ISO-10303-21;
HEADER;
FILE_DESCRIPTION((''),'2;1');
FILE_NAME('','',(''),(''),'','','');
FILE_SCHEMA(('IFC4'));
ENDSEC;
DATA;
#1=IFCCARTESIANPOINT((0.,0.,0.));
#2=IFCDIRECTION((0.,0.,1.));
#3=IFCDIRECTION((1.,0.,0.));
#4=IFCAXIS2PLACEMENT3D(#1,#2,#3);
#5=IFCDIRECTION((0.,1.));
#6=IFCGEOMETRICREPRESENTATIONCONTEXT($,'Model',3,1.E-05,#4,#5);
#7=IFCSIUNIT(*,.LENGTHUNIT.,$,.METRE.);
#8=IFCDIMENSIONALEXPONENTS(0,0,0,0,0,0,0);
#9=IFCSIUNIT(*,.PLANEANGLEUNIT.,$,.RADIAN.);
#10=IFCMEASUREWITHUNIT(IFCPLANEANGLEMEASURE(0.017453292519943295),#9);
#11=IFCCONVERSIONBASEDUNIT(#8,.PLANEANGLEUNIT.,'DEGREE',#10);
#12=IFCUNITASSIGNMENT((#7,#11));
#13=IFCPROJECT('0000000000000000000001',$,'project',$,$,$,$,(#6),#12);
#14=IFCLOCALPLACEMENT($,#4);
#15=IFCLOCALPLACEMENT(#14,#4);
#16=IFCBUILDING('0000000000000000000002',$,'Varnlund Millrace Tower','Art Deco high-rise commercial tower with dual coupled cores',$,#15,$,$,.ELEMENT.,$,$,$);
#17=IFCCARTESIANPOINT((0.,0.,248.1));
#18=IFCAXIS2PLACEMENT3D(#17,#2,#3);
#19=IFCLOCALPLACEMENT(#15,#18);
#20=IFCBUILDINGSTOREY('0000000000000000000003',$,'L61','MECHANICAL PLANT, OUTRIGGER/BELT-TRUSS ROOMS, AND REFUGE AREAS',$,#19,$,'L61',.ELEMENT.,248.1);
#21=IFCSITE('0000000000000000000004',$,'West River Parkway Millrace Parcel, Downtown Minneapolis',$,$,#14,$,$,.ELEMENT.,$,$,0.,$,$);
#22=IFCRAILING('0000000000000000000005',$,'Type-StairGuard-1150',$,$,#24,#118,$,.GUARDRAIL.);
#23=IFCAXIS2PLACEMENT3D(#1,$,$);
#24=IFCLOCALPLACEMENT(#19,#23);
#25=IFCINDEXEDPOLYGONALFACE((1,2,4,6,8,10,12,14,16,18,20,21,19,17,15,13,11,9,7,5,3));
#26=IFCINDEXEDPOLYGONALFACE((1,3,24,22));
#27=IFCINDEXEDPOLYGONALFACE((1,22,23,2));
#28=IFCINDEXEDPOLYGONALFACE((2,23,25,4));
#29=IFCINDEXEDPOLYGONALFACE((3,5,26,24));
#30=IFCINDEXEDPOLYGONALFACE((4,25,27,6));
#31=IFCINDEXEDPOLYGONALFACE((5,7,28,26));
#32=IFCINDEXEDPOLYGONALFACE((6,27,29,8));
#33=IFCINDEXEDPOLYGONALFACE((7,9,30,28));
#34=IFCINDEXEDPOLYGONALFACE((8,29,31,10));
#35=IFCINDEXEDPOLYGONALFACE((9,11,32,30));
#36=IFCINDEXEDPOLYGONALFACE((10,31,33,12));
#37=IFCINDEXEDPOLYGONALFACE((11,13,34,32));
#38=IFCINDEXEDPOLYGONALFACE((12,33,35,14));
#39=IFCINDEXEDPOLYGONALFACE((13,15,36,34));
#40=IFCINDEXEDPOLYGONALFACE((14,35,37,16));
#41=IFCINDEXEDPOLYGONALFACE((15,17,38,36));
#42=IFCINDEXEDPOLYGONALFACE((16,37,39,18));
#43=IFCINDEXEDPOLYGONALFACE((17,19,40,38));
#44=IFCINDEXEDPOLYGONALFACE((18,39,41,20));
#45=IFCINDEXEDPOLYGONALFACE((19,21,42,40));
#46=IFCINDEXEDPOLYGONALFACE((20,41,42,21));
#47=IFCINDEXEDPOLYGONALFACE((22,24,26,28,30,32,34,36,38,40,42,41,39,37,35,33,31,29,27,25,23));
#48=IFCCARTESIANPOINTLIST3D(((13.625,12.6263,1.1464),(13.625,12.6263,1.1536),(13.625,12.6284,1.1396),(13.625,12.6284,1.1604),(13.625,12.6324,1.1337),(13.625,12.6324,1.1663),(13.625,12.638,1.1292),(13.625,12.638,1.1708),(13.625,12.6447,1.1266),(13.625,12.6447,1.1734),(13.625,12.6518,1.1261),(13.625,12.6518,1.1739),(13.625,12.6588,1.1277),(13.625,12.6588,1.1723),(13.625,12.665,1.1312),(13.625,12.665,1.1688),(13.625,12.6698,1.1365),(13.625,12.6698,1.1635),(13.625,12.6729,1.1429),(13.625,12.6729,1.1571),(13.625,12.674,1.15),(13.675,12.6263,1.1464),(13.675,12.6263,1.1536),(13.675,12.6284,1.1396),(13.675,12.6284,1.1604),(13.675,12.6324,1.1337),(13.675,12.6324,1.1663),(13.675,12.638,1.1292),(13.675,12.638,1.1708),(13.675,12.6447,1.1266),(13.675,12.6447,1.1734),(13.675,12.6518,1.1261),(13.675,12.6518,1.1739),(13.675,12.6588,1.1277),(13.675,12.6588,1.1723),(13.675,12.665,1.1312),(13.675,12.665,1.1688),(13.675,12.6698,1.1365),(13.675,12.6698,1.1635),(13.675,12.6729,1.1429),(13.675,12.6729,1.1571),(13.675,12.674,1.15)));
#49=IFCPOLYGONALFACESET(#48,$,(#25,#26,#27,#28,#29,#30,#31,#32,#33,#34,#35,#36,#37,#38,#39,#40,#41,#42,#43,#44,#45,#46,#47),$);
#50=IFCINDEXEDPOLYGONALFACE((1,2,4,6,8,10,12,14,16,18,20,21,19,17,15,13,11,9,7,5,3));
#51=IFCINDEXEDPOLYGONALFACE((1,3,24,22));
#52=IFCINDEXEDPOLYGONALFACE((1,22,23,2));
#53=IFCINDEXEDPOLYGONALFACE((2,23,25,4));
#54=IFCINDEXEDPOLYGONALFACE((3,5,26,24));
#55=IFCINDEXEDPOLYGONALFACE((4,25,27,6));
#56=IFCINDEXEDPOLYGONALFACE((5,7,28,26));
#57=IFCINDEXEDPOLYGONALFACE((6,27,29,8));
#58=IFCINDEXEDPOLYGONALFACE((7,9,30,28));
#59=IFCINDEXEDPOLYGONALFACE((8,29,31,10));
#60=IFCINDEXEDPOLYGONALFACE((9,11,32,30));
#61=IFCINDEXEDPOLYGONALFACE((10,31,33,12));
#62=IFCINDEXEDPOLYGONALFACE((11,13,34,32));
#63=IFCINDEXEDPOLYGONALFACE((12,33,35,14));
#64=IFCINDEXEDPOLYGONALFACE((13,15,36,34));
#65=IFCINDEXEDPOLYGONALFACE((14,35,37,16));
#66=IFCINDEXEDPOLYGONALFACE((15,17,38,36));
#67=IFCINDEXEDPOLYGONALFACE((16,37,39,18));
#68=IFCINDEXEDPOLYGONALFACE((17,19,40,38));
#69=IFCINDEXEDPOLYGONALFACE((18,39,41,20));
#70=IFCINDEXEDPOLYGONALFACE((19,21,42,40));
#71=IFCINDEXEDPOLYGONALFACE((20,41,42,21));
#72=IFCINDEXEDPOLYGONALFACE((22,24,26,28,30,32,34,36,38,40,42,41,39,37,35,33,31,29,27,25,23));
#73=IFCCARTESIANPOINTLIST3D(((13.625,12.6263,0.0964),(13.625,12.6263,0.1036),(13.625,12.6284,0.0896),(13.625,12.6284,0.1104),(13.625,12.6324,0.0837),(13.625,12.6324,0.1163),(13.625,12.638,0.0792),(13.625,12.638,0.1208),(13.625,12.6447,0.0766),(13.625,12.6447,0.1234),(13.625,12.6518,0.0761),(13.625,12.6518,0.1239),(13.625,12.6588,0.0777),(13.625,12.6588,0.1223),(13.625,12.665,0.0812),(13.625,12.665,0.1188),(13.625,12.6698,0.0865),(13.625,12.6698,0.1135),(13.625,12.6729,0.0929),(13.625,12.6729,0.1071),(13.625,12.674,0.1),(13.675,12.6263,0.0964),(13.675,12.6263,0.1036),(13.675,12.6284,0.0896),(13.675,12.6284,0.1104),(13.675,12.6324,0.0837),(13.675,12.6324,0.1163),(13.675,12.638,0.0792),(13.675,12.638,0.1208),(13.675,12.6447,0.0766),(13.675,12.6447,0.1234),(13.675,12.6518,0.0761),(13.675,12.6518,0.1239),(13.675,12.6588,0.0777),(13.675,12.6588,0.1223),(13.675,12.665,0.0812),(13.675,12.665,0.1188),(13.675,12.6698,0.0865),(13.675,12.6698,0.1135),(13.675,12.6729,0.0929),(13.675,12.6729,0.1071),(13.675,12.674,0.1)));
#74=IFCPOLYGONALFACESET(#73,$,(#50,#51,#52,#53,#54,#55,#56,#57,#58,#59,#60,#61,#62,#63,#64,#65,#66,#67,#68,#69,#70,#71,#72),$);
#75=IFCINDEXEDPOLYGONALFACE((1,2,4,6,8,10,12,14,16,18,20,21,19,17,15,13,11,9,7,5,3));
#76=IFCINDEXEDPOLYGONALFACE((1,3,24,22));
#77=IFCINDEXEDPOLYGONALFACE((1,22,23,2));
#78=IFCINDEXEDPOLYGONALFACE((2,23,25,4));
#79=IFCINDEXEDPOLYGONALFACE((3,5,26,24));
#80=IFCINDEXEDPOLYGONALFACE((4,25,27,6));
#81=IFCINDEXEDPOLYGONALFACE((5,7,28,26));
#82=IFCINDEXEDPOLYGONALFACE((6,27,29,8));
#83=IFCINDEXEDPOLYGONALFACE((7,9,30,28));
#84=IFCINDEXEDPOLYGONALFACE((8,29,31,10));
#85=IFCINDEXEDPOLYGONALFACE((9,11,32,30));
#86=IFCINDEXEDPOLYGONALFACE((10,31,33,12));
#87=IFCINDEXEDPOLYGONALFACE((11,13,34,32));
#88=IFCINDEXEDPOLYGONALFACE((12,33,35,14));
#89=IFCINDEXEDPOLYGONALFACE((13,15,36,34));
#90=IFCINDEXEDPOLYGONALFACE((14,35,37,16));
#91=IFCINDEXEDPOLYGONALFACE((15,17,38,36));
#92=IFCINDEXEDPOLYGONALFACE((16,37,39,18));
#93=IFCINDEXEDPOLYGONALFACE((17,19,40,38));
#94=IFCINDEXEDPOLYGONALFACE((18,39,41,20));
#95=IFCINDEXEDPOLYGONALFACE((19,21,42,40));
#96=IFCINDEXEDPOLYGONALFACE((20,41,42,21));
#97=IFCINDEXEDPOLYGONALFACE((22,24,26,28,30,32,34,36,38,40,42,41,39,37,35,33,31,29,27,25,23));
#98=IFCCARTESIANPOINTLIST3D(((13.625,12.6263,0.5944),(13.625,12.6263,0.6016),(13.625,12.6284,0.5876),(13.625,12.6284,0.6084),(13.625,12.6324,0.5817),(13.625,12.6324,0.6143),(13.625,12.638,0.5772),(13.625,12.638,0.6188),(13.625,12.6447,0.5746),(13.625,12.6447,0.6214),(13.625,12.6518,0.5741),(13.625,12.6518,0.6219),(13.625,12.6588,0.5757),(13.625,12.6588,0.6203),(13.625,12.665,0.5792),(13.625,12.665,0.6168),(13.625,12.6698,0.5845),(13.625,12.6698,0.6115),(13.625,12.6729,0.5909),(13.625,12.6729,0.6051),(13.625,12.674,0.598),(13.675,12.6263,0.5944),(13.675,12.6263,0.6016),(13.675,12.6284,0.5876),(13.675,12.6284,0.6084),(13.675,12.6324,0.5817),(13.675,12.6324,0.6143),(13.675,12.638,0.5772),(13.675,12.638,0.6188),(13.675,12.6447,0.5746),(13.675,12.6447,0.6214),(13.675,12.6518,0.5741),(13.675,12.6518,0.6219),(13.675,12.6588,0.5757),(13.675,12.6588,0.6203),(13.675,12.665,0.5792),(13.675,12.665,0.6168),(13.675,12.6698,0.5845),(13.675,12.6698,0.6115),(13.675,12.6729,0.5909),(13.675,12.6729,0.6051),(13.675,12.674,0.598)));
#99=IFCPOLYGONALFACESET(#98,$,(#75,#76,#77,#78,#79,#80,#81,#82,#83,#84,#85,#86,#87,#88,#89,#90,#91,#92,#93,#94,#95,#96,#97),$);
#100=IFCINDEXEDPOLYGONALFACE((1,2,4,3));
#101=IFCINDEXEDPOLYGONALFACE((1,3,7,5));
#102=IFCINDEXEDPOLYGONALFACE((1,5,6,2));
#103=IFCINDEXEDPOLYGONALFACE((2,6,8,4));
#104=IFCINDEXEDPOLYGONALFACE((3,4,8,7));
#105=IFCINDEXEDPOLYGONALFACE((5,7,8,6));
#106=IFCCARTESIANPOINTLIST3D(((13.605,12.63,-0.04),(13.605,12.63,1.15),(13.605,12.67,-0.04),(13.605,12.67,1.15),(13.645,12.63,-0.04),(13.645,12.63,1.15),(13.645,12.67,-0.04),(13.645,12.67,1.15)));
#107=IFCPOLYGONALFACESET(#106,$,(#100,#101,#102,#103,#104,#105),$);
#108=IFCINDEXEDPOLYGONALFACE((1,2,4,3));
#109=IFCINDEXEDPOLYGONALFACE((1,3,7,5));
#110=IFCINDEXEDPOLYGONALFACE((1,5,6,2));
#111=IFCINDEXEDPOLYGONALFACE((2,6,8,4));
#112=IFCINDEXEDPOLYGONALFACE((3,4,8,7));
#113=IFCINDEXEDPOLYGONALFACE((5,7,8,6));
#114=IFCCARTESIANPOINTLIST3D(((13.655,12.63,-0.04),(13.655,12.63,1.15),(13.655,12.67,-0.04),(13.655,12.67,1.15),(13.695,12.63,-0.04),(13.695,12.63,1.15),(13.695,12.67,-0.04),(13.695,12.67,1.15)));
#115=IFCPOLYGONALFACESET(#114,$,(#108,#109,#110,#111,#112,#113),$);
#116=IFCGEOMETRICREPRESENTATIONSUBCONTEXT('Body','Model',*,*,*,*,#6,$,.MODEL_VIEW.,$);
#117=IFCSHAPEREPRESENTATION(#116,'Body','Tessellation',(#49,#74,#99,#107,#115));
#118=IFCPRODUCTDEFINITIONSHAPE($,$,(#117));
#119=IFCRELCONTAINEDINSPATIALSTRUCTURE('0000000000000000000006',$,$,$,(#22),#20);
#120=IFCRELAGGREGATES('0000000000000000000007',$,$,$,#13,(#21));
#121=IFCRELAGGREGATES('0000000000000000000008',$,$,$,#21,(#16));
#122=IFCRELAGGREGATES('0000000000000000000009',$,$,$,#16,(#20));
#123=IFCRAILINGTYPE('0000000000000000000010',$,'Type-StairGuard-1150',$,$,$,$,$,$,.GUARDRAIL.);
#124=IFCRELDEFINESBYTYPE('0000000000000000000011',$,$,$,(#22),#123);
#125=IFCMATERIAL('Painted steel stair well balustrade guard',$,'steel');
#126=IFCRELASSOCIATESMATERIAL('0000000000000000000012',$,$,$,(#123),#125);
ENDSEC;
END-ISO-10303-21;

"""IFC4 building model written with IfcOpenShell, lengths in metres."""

from ifc_helpers import new_model, entity, si_unit, converted_unit, direction, frame, origin_with_axes, origin_2d_with_axis, place, context, subcontext, project, spatial, rectangle, circle, extrude, material, type_object, element, save


model = new_model("IFC4")

# Units and contexts
model_context = context("Model", 3, precision=1e-05, world=origin_with_axes(), true_north=direction((0.0, 1.0)))
body_context = subcontext(model_context, "Body", "Model", "MODEL_VIEW")
ifc_project = project(units=[si_unit("LENGTHUNIT", "METRE"), converted_unit("PLANEANGLEUNIT", "DEGREE", entity("IfcPlaneAngleMeasure", 0.017453292519943295), si_unit("PLANEANGLEUNIT", "RADIAN"), dimensions=[0, 0, 0, 0, 0, 0, 0])], contexts=[model_context])

# Site, building, storey
site_placement = place(None, origin_with_axes())
site = spatial("IfcSite", under=ifc_project, at=site_placement, Name="West River Parkway Millrace Parcel, Downtown Minneapolis", CompositionType="ELEMENT", RefElevation=0.0)
building_placement = place(site_placement, origin_with_axes())
building = spatial("IfcBuilding", under=site, at=building_placement, Name="Varnlund Millrace Tower", Description="Art Deco high-rise commercial tower with dual coupled cores", CompositionType="ELEMENT")
storey_placement = place(building_placement, frame((0.0, 0.0, 248.1), z_axis=(0.0, 0.0, 1.0), x_axis=(1.0, 0.0, 0.0)))
storey = spatial("IfcBuildingStorey", under=building, at=storey_placement, Name="L61", Description="MECHANICAL PLANT, OUTRIGGER/BELT-TRUSS ROOMS, AND REFUGE AREAS", LongName="L61", CompositionType="ELEMENT", Elevation=248.1)

# Railing
ifc_material_1 = material(Name="Painted steel stair well balustrade guard", Category="steel")
railing_type_1 = type_object("IfcRailingType", Name="Type-StairGuard-1150", PredefinedType="GUARDRAIL", material=ifc_material_1)
railing_1_placement = place(storey_placement, frame((0.0, 0.0, -248.1), z_axis=(0.0, 0.0, 1.0), x_axis=(1.0, 0.0, 0.0)))
element("IfcRailing", 1, at=railing_1_placement, inside=storey, type_object=railing_type_1, Name="Type-StairGuard-1150", PredefinedType="GUARDRAIL", context=body_context, shape_type="SweptSolid", body=[
    extrude(circle(Radius=0.024, at=origin_2d_with_axis()), frame((13.625, 12.65, 249.25), z_axis=(1.0, 0.0, 0.0), x_axis=(0.0, 1.0, 0.0)), (0.0, 0.0, 1.0), 0.05),
    extrude(circle(Radius=0.024, at=origin_2d_with_axis()), frame((13.625, 12.65, 248.2), z_axis=(1.0, 0.0, 0.0), x_axis=(0.0, 1.0, 0.0)), (0.0, 0.0, 1.0), 0.05),
    extrude(circle(Radius=0.024, at=origin_2d_with_axis()), frame((13.625, 12.65, 248.698), z_axis=(1.0, 0.0, 0.0), x_axis=(0.0, 1.0, 0.0)), (0.0, 0.0, 1.0), 0.05),
    extrude(rectangle(XDim=0.04, YDim=0.04, at=origin_2d_with_axis()), frame((13.625, 12.65, 248.06), z_axis=(0.0, 0.0, 1.0), x_axis=(1.0, 0.0, 0.0)), (0.0, 0.0, 1.0), 1.19),
    extrude(rectangle(XDim=0.04, YDim=0.04, at=origin_2d_with_axis()), frame((13.675, 12.65, 248.06), z_axis=(0.0, 0.0, 1.0), x_axis=(1.0, 0.0, 0.0)), (0.0, 0.0, 1.0), 1.19),
])

save(model, "model.ifc")
